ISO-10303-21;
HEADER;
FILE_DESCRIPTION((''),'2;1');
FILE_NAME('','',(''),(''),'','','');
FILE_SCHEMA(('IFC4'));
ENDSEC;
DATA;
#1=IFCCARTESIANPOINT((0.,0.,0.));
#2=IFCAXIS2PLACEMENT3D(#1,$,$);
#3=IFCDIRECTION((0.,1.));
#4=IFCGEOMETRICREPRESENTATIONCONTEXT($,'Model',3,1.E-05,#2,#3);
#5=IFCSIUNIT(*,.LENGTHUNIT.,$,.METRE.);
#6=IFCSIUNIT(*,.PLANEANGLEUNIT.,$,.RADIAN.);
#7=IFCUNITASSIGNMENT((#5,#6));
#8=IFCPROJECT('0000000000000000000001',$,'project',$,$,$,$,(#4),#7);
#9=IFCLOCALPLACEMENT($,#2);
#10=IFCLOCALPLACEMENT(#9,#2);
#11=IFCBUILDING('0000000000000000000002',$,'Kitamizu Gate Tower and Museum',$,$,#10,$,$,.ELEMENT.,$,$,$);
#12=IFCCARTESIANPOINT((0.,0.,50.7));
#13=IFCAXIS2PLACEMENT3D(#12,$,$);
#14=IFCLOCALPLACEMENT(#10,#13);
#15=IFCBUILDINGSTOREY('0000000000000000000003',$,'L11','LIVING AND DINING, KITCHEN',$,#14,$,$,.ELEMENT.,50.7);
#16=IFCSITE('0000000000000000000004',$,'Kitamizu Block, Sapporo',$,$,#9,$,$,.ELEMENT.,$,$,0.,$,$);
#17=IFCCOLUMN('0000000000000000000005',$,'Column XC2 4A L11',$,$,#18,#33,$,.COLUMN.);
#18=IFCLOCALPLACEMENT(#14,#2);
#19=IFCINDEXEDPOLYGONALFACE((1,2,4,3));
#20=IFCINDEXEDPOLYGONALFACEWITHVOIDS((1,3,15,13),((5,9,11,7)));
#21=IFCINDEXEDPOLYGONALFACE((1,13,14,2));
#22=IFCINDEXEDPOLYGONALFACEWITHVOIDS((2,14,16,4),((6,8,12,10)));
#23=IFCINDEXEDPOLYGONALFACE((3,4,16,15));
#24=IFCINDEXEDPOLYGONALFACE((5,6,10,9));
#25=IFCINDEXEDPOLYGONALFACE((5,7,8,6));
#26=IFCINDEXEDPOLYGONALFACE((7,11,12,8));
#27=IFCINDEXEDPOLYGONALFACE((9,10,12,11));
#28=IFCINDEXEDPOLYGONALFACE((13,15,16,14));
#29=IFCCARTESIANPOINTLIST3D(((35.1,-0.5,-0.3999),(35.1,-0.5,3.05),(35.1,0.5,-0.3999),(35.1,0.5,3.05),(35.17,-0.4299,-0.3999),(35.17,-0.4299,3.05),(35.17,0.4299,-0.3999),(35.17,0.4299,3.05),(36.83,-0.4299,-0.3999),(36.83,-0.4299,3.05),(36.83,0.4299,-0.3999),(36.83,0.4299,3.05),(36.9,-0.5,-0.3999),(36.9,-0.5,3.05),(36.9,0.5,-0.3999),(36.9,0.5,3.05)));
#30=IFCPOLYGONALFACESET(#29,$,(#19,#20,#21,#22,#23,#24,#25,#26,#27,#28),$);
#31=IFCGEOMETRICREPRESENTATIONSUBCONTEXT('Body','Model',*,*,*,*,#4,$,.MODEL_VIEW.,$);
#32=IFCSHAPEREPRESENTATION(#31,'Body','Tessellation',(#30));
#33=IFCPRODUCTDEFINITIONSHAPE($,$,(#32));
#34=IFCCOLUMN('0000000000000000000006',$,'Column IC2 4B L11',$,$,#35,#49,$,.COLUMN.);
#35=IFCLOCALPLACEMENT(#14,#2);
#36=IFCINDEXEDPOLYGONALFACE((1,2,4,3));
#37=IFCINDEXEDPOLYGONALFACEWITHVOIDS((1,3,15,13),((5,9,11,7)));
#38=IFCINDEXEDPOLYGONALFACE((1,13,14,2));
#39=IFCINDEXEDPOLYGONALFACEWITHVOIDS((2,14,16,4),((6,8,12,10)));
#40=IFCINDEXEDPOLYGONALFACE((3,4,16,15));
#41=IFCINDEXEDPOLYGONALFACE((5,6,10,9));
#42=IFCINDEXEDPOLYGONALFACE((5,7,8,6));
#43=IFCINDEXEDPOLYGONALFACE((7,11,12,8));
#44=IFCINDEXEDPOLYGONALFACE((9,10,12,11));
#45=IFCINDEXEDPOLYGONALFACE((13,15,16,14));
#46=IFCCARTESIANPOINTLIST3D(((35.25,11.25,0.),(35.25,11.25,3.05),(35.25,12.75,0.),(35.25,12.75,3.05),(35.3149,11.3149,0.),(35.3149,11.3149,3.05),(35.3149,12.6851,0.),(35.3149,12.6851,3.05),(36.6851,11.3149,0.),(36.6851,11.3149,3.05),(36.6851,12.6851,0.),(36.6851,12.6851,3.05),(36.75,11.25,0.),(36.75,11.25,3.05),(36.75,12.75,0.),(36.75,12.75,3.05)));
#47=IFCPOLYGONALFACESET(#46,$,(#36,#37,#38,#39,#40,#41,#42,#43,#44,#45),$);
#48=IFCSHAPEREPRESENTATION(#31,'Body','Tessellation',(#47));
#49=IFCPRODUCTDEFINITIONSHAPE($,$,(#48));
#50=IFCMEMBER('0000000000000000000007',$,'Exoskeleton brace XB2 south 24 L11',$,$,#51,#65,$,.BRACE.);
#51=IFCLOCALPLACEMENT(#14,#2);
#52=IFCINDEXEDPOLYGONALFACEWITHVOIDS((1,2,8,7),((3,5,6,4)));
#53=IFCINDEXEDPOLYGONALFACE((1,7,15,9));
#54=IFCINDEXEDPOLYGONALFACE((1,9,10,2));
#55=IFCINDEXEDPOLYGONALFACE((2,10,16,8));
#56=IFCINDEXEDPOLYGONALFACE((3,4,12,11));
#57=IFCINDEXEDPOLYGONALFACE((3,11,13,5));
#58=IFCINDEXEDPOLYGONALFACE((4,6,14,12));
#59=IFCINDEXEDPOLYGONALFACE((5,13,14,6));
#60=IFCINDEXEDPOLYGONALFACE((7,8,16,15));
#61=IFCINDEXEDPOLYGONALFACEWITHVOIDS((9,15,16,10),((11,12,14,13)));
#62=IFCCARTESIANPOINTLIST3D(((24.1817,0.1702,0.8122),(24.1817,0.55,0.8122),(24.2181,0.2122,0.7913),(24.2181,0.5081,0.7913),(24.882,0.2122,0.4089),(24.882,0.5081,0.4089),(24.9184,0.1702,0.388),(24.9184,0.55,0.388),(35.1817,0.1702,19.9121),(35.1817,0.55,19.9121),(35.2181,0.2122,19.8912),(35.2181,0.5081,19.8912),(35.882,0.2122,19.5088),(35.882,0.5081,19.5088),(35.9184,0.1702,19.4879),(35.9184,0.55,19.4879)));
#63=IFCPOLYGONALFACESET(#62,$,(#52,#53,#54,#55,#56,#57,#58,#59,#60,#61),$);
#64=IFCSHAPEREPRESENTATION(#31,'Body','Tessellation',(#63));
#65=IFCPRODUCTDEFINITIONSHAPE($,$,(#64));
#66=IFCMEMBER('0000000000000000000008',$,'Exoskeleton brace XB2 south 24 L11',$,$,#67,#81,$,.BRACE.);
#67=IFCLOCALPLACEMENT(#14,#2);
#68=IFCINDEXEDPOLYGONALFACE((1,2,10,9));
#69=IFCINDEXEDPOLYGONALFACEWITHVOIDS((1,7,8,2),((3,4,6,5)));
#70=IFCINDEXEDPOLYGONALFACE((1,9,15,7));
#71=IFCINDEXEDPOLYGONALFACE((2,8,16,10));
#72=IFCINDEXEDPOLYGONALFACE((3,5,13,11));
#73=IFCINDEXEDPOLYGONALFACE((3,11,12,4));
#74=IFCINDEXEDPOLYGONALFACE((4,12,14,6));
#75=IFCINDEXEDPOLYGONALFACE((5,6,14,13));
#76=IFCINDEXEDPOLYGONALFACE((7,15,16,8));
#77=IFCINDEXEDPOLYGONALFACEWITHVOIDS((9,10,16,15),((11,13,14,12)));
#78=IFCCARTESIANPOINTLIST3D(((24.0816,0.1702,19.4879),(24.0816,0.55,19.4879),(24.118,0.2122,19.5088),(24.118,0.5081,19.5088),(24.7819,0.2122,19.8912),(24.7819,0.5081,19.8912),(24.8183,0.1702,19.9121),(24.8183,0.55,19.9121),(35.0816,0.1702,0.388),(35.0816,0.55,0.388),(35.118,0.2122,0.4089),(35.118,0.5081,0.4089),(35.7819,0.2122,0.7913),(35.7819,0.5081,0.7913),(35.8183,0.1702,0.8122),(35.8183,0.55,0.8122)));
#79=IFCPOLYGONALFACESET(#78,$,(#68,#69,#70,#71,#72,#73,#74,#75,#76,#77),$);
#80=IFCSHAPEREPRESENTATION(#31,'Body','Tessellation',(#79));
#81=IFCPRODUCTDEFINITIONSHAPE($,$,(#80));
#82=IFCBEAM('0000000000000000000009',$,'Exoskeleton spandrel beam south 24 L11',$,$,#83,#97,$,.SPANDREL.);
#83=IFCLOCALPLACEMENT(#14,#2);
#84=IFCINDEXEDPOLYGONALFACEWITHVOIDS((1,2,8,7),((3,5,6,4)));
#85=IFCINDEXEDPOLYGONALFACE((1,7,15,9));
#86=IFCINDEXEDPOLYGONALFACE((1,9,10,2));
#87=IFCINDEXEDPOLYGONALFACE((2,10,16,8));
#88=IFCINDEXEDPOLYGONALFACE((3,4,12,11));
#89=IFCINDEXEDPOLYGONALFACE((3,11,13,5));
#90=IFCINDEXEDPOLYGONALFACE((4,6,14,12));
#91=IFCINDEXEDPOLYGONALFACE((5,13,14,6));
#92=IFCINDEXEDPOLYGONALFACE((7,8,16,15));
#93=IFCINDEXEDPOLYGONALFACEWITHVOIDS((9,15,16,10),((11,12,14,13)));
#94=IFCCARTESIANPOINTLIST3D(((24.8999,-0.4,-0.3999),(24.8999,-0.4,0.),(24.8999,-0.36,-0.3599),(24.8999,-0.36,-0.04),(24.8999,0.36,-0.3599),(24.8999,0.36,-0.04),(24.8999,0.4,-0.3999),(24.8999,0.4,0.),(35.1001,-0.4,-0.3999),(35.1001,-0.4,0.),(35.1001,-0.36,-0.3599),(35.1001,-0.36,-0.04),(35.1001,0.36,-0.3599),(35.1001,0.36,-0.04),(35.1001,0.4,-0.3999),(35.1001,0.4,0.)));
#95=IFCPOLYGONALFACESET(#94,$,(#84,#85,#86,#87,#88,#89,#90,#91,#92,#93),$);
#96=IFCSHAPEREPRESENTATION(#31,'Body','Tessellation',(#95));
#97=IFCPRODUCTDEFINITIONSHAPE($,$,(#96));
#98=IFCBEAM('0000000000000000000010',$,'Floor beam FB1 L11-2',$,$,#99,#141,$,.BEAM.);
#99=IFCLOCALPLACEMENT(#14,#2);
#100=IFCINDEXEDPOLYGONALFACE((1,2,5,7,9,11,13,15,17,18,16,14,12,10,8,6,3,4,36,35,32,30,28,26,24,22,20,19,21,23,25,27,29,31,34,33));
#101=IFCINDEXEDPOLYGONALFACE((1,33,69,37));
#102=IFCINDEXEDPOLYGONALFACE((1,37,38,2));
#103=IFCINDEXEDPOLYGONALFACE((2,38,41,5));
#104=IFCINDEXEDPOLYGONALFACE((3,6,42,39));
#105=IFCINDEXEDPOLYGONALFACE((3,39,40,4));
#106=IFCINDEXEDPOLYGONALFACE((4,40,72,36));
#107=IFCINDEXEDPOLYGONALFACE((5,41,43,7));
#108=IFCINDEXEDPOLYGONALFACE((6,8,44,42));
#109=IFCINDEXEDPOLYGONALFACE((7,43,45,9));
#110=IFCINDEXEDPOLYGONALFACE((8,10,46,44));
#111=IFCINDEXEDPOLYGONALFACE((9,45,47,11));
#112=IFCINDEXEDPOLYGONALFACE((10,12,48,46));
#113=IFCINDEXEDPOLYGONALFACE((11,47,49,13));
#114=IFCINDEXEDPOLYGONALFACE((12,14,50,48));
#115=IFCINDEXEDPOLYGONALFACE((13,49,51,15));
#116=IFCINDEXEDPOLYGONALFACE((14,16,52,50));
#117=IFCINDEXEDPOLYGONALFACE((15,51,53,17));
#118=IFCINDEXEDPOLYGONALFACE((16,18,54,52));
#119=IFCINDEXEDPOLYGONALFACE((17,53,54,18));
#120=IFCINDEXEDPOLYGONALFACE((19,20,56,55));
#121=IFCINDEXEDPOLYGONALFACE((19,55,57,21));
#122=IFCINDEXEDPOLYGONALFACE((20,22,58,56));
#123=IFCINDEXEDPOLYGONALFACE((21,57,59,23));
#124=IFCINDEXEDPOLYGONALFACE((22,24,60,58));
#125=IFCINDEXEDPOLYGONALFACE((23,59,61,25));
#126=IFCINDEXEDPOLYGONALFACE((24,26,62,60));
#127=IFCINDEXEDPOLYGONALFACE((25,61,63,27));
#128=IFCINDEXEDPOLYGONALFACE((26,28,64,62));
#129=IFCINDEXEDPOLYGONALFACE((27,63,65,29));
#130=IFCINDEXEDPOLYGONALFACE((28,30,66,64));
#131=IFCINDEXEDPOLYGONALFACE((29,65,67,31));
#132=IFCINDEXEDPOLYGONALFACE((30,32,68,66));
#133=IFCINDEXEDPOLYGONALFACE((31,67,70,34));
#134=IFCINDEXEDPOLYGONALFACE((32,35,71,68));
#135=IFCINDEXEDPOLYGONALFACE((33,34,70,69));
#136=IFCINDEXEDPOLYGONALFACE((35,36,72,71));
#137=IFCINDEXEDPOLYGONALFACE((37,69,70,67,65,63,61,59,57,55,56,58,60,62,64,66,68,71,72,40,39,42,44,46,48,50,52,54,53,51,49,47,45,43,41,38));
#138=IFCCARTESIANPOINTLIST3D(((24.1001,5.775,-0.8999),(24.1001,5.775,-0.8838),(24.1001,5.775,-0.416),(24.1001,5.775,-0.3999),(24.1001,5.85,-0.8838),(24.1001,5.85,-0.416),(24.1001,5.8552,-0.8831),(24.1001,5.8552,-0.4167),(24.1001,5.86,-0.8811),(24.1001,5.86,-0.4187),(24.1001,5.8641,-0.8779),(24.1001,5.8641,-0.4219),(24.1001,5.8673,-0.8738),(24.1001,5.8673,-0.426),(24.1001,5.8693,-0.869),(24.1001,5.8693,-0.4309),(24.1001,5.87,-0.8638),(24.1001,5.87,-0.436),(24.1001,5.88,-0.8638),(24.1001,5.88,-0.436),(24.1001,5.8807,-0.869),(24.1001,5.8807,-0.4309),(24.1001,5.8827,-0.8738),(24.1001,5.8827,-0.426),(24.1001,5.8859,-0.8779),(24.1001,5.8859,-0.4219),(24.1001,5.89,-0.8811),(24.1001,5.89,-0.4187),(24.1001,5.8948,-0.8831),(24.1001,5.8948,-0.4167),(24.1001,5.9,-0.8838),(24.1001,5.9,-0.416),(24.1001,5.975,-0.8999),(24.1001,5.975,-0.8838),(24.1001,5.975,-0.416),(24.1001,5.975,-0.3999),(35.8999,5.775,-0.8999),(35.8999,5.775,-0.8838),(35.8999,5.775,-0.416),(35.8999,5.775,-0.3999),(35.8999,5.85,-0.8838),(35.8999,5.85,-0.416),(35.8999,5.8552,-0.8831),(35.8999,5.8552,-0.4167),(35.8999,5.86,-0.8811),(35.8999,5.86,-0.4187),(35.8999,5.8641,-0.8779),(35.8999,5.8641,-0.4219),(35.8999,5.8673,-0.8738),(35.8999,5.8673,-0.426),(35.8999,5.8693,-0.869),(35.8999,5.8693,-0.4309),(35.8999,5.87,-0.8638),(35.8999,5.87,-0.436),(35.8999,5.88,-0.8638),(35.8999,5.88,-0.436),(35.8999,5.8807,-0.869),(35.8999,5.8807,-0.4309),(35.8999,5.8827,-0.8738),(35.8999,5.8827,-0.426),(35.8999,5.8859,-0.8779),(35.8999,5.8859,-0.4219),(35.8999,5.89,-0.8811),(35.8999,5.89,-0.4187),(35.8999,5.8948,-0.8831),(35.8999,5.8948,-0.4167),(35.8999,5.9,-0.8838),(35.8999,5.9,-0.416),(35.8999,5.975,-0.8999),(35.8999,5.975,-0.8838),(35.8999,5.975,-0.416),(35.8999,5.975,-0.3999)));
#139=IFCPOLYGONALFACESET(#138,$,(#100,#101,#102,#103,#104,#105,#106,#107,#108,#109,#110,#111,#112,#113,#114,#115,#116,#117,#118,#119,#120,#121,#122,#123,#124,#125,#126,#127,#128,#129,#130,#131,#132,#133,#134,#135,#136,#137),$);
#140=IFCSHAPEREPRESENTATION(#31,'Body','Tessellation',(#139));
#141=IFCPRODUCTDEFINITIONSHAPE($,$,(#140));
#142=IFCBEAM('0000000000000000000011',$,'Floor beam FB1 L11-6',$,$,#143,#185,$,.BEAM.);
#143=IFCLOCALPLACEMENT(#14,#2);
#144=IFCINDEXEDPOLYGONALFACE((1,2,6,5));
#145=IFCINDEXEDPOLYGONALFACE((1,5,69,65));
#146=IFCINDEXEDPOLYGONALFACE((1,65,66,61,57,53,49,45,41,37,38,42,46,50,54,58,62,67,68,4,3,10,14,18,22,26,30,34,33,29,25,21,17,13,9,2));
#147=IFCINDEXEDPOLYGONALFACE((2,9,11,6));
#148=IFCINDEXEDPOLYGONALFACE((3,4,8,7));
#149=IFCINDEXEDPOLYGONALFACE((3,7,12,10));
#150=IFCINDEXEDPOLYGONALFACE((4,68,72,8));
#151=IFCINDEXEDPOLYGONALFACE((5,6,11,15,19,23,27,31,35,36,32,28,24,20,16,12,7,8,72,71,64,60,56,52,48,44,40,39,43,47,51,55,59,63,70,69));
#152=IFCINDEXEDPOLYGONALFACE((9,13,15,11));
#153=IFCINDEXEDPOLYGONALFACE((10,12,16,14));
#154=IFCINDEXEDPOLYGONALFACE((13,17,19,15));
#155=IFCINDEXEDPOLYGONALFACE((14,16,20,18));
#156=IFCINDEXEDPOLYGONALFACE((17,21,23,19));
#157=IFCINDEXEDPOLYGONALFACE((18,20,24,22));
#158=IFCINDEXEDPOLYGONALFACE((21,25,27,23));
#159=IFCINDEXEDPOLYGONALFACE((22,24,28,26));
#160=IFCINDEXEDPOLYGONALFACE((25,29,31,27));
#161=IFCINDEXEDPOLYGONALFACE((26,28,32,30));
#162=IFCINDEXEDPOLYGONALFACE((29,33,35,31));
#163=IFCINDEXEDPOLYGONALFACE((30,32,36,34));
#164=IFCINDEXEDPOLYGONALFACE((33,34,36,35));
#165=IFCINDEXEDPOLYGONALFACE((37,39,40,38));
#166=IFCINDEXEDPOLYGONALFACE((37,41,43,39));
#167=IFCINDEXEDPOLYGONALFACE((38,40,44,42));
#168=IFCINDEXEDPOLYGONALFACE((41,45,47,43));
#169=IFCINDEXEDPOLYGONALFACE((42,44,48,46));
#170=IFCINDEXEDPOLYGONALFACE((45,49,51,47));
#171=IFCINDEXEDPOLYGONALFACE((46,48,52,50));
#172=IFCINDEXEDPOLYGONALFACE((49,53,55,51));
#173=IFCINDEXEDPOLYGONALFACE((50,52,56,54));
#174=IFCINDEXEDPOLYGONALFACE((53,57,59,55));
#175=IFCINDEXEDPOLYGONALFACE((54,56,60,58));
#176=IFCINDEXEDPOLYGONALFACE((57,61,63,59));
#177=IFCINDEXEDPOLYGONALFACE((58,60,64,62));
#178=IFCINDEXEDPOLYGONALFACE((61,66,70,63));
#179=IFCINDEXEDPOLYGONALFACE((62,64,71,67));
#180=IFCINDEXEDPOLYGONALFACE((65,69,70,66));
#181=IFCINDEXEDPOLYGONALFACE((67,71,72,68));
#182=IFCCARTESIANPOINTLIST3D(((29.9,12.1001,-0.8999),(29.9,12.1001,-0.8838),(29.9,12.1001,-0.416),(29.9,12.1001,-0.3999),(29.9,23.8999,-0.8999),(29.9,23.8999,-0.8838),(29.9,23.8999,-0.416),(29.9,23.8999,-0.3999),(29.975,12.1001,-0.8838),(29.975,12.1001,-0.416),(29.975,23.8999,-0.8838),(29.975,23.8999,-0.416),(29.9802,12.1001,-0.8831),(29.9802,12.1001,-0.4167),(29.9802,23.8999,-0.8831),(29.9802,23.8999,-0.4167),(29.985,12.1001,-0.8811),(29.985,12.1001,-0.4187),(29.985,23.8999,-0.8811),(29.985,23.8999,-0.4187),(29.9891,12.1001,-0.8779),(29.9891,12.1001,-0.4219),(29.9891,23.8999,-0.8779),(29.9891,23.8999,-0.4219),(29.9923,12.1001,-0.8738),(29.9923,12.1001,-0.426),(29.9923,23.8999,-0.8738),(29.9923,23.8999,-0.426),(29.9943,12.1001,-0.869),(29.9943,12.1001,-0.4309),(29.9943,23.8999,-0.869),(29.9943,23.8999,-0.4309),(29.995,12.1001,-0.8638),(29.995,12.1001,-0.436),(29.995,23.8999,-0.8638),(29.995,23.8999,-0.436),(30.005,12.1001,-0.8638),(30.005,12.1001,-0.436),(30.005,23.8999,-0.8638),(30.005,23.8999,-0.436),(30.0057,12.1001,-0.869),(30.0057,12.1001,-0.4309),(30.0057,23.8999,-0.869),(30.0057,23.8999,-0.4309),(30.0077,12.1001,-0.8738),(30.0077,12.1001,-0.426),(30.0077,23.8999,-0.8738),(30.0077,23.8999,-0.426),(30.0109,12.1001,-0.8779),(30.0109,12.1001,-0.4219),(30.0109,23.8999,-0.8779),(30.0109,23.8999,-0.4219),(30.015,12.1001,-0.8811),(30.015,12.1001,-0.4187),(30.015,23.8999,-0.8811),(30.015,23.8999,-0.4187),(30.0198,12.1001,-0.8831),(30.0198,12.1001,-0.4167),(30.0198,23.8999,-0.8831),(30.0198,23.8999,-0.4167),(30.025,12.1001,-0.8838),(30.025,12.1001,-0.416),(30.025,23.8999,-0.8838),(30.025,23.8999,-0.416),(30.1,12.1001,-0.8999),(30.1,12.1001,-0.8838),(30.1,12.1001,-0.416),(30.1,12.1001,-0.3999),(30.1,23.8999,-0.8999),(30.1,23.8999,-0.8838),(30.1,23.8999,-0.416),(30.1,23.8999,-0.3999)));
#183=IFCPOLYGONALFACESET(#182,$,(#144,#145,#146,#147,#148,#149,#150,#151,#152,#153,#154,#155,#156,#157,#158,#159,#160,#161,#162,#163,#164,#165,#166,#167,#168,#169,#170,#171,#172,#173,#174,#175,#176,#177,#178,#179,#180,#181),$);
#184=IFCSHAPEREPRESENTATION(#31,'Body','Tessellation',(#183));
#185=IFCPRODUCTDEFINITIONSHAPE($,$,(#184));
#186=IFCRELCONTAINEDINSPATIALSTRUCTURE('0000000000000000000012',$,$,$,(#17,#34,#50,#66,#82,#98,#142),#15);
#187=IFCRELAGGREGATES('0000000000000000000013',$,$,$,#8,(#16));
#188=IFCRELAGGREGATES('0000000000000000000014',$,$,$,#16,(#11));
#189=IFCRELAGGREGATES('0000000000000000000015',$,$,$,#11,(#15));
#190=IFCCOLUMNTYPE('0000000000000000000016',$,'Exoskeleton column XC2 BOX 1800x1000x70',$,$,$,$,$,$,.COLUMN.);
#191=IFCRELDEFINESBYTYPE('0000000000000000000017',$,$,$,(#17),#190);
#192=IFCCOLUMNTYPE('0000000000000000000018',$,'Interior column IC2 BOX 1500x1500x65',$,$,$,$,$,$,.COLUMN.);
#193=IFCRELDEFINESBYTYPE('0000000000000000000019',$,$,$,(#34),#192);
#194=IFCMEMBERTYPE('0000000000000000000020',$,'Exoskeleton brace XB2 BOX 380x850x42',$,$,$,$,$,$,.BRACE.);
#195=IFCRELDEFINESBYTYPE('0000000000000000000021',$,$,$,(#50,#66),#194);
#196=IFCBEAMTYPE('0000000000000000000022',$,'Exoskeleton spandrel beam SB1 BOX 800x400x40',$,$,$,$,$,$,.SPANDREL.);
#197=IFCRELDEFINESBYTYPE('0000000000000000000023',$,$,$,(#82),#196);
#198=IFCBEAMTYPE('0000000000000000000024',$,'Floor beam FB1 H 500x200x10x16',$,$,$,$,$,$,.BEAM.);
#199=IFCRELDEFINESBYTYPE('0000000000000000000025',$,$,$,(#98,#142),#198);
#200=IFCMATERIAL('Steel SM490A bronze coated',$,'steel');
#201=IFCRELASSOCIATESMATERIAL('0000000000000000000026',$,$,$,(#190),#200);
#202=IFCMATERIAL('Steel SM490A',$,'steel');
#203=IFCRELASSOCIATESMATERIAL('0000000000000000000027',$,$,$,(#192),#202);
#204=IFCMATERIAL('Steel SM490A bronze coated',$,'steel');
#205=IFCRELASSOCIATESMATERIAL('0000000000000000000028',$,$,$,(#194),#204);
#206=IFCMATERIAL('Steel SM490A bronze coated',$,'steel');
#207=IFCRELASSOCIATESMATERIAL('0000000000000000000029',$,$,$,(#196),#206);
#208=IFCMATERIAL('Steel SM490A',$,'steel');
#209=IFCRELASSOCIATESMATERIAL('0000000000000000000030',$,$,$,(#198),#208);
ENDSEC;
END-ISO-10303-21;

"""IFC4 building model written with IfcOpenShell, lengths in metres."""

from ifc_helpers import new_model, si_unit, direction, frame, origin, origin_2d, place, context, subcontext, project, spatial, hollow_rectangle, i_section, extrude, material, material_profile, profile_set, type_object, element, save


model = new_model("IFC4")

# Units and contexts
model_context = context("Model", 3, precision=1e-05, world=origin(), true_north=direction((0.0, 1.0)))
body_context = subcontext(model_context, "Body", "Model", "MODEL_VIEW")
ifc_project = project(units=[si_unit("LENGTHUNIT", "METRE"), si_unit("PLANEANGLEUNIT", "RADIAN")], contexts=[model_context])

# Site, building, storey
site_placement = place(None, origin())
site = spatial("IfcSite", under=ifc_project, at=site_placement, Name="Kitamizu Block, Sapporo", CompositionType="ELEMENT", RefElevation=0.0)
building_placement = place(site_placement, origin())
building = spatial("IfcBuilding", under=site, at=building_placement, Name="Kitamizu Gate Tower and Museum", CompositionType="ELEMENT")
storey_placement = place(building_placement, frame((0.0, 0.0, 50.7)))
storey = spatial("IfcBuildingStorey", under=building, at=storey_placement, Name="L11", Description="LIVING AND DINING, KITCHEN", CompositionType="ELEMENT", Elevation=50.7)

# Columns
ifc_material_1 = material(Name="Steel SM490A bronze coated", Category="steel")
ifc_material_profile_1 = material_profile(ifc_material_1, hollow_rectangle(XDim=1.8, YDim=1.0, WallThickness=0.0701, at=origin_2d()), Name="BOX 1800x1000x70")
ifc_profile_set_1 = profile_set([ifc_material_profile_1], Name="Steel SM490A bronze coated")
column_type_1 = type_object("IfcColumnType", Name="Exoskeleton column XC2 BOX 1800x1000x70", PredefinedType="COLUMN", material=ifc_profile_set_1)
column_1_placement = place(storey_placement, frame((36.0, 0.0, -0.3999), z_axis=(0.0, 0.0, 1.0), x_axis=(1.0, 0.0, 0.0)))
element("IfcColumn", 1, at=column_1_placement, inside=storey, type_object=column_type_1, Name="Column XC2 4A L11", PredefinedType="COLUMN", context=body_context, shape_type="SweptSolid", body=[
    extrude(hollow_rectangle(XDim=1.8, YDim=1.0, WallThickness=0.0701, at=origin_2d()), origin(), (0.0, 0.0, 1.0), 3.45),
])
ifc_material_2 = material(Name="Steel SM490A", Category="steel")
ifc_material_profile_2 = material_profile(ifc_material_2, hollow_rectangle(XDim=1.5, YDim=1.5, WallThickness=0.0649, at=origin_2d()), Name="BOX 1500x1500x65")
ifc_profile_set_2 = profile_set([ifc_material_profile_2], Name="Steel SM490A")
column_type_2 = type_object("IfcColumnType", Name="Interior column IC2 BOX 1500x1500x65", PredefinedType="COLUMN", material=ifc_profile_set_2)
column_2_placement = place(storey_placement, frame((36.0, 12.0, 0.0), z_axis=(0.0, 0.0, 1.0), x_axis=(1.0, 0.0, 0.0)))
element("IfcColumn", 2, at=column_2_placement, inside=storey, type_object=column_type_2, Name="Column IC2 4B L11", PredefinedType="COLUMN", context=body_context, shape_type="SweptSolid", body=[
    extrude(hollow_rectangle(XDim=1.5, YDim=1.5, WallThickness=0.0649, at=origin_2d()), origin(), (0.0, 0.0, 1.0), 3.05),
])

# Members
ifc_material_3 = material(Name="Steel SM490A bronze coated", Category="steel")
ifc_material_profile_3 = material_profile(ifc_material_3, hollow_rectangle(XDim=0.3799, YDim=0.8501, WallThickness=0.042, at=origin_2d()), Name="BOX 380x850x42")
ifc_profile_set_3 = profile_set([ifc_material_profile_3], Name="Steel SM490A bronze coated")
member_type = type_object("IfcMemberType", Name="Exoskeleton brace XB2 BOX 380x850x42", PredefinedType="BRACE", material=ifc_profile_set_3)
for number, where, z_axis, x_axis, name in (
    (3, (24.55, 0.3601, 0.6001), (0.499071, 0.0, 0.866561), (0.0, 1.0, 0.0), "Exoskeleton brace XB2 south 24 L11"),
    (4, (35.45, 0.3601, 0.6001), (-0.499071, 0.0, 0.866561), (0.0, -1.0, 0.0), "Exoskeleton brace XB2 south 24 L11"),
):
    element("IfcMember", number, at=place(storey_placement, frame(where, z_axis=z_axis, x_axis=x_axis)), inside=storey, type_object=member_type, Name=name, PredefinedType="BRACE", context=body_context, shape_type="SweptSolid", body=[
        extrude(hollow_rectangle(XDim=0.3799, YDim=0.8501, WallThickness=0.042, at=origin_2d()), origin(), (0.0, 0.0, 1.0), 22.041),
    ])

# Beams
ifc_material_4 = material(Name="Steel SM490A bronze coated", Category="steel")
ifc_material_profile_4 = material_profile(ifc_material_4, hollow_rectangle(XDim=0.8, YDim=0.3999, WallThickness=0.04, at=origin_2d()), Name="BOX 800x400x40")
ifc_profile_set_4 = profile_set([ifc_material_profile_4], Name="Steel SM490A bronze coated")
beam_type_1 = type_object("IfcBeamType", Name="Exoskeleton spandrel beam SB1 BOX 800x400x40", PredefinedType="SPANDREL", material=ifc_profile_set_4)
beam_1_placement = place(storey_placement, frame((24.8999, 0.0, -0.2), z_axis=(1.0, 0.0, 0.0), x_axis=(0.0, 1.0, 0.0)))
element("IfcBeam", 5, at=beam_1_placement, inside=storey, type_object=beam_type_1, Name="Exoskeleton spandrel beam south 24 L11", PredefinedType="SPANDREL", context=body_context, shape_type="SweptSolid", body=[
    extrude(hollow_rectangle(XDim=0.8, YDim=0.3999, WallThickness=0.04, at=origin_2d()), origin(), (0.0, 0.0, 1.0), 10.2002),
])
ifc_material_5 = material(Name="Steel SM490A", Category="steel")
ifc_material_profile_5 = material_profile(ifc_material_5, i_section(OverallWidth=0.2, OverallDepth=0.5, WebThickness=0.01, FlangeThickness=0.0161, FilletRadius=0.02, at=origin_2d()), Name="H-500x200x10x16")
ifc_profile_set_5 = profile_set([ifc_material_profile_5], Name="Steel SM490A")
beam_type_2 = type_object("IfcBeamType", Name="Floor beam FB1 H 500x200x10x16", PredefinedType="BEAM", material=ifc_profile_set_5)
for number, where, z_axis, x_axis, name in (
    (6, (24.1001, 5.875, -0.6499), (1.0, 0.0, 0.0), (0.0, 1.0, 0.0), "Floor beam FB1 L11-2"),
    (7, (30.0, 12.1001, -0.6499), (0.0, 1.0, 0.0), (-1.0, 0.0, 0.0), "Floor beam FB1 L11-6"),
):
    element("IfcBeam", number, at=place(storey_placement, frame(where, z_axis=z_axis, x_axis=x_axis)), inside=storey, type_object=beam_type_2, Name=name, PredefinedType="BEAM", context=body_context, shape_type="SweptSolid", body=[
        extrude(i_section(OverallWidth=0.2, OverallDepth=0.5, WebThickness=0.01, FlangeThickness=0.0161, FilletRadius=0.02, at=origin_2d()), origin(), (0.0, 0.0, 1.0), 11.7998),
    ])

save(model, "model.ifc")
